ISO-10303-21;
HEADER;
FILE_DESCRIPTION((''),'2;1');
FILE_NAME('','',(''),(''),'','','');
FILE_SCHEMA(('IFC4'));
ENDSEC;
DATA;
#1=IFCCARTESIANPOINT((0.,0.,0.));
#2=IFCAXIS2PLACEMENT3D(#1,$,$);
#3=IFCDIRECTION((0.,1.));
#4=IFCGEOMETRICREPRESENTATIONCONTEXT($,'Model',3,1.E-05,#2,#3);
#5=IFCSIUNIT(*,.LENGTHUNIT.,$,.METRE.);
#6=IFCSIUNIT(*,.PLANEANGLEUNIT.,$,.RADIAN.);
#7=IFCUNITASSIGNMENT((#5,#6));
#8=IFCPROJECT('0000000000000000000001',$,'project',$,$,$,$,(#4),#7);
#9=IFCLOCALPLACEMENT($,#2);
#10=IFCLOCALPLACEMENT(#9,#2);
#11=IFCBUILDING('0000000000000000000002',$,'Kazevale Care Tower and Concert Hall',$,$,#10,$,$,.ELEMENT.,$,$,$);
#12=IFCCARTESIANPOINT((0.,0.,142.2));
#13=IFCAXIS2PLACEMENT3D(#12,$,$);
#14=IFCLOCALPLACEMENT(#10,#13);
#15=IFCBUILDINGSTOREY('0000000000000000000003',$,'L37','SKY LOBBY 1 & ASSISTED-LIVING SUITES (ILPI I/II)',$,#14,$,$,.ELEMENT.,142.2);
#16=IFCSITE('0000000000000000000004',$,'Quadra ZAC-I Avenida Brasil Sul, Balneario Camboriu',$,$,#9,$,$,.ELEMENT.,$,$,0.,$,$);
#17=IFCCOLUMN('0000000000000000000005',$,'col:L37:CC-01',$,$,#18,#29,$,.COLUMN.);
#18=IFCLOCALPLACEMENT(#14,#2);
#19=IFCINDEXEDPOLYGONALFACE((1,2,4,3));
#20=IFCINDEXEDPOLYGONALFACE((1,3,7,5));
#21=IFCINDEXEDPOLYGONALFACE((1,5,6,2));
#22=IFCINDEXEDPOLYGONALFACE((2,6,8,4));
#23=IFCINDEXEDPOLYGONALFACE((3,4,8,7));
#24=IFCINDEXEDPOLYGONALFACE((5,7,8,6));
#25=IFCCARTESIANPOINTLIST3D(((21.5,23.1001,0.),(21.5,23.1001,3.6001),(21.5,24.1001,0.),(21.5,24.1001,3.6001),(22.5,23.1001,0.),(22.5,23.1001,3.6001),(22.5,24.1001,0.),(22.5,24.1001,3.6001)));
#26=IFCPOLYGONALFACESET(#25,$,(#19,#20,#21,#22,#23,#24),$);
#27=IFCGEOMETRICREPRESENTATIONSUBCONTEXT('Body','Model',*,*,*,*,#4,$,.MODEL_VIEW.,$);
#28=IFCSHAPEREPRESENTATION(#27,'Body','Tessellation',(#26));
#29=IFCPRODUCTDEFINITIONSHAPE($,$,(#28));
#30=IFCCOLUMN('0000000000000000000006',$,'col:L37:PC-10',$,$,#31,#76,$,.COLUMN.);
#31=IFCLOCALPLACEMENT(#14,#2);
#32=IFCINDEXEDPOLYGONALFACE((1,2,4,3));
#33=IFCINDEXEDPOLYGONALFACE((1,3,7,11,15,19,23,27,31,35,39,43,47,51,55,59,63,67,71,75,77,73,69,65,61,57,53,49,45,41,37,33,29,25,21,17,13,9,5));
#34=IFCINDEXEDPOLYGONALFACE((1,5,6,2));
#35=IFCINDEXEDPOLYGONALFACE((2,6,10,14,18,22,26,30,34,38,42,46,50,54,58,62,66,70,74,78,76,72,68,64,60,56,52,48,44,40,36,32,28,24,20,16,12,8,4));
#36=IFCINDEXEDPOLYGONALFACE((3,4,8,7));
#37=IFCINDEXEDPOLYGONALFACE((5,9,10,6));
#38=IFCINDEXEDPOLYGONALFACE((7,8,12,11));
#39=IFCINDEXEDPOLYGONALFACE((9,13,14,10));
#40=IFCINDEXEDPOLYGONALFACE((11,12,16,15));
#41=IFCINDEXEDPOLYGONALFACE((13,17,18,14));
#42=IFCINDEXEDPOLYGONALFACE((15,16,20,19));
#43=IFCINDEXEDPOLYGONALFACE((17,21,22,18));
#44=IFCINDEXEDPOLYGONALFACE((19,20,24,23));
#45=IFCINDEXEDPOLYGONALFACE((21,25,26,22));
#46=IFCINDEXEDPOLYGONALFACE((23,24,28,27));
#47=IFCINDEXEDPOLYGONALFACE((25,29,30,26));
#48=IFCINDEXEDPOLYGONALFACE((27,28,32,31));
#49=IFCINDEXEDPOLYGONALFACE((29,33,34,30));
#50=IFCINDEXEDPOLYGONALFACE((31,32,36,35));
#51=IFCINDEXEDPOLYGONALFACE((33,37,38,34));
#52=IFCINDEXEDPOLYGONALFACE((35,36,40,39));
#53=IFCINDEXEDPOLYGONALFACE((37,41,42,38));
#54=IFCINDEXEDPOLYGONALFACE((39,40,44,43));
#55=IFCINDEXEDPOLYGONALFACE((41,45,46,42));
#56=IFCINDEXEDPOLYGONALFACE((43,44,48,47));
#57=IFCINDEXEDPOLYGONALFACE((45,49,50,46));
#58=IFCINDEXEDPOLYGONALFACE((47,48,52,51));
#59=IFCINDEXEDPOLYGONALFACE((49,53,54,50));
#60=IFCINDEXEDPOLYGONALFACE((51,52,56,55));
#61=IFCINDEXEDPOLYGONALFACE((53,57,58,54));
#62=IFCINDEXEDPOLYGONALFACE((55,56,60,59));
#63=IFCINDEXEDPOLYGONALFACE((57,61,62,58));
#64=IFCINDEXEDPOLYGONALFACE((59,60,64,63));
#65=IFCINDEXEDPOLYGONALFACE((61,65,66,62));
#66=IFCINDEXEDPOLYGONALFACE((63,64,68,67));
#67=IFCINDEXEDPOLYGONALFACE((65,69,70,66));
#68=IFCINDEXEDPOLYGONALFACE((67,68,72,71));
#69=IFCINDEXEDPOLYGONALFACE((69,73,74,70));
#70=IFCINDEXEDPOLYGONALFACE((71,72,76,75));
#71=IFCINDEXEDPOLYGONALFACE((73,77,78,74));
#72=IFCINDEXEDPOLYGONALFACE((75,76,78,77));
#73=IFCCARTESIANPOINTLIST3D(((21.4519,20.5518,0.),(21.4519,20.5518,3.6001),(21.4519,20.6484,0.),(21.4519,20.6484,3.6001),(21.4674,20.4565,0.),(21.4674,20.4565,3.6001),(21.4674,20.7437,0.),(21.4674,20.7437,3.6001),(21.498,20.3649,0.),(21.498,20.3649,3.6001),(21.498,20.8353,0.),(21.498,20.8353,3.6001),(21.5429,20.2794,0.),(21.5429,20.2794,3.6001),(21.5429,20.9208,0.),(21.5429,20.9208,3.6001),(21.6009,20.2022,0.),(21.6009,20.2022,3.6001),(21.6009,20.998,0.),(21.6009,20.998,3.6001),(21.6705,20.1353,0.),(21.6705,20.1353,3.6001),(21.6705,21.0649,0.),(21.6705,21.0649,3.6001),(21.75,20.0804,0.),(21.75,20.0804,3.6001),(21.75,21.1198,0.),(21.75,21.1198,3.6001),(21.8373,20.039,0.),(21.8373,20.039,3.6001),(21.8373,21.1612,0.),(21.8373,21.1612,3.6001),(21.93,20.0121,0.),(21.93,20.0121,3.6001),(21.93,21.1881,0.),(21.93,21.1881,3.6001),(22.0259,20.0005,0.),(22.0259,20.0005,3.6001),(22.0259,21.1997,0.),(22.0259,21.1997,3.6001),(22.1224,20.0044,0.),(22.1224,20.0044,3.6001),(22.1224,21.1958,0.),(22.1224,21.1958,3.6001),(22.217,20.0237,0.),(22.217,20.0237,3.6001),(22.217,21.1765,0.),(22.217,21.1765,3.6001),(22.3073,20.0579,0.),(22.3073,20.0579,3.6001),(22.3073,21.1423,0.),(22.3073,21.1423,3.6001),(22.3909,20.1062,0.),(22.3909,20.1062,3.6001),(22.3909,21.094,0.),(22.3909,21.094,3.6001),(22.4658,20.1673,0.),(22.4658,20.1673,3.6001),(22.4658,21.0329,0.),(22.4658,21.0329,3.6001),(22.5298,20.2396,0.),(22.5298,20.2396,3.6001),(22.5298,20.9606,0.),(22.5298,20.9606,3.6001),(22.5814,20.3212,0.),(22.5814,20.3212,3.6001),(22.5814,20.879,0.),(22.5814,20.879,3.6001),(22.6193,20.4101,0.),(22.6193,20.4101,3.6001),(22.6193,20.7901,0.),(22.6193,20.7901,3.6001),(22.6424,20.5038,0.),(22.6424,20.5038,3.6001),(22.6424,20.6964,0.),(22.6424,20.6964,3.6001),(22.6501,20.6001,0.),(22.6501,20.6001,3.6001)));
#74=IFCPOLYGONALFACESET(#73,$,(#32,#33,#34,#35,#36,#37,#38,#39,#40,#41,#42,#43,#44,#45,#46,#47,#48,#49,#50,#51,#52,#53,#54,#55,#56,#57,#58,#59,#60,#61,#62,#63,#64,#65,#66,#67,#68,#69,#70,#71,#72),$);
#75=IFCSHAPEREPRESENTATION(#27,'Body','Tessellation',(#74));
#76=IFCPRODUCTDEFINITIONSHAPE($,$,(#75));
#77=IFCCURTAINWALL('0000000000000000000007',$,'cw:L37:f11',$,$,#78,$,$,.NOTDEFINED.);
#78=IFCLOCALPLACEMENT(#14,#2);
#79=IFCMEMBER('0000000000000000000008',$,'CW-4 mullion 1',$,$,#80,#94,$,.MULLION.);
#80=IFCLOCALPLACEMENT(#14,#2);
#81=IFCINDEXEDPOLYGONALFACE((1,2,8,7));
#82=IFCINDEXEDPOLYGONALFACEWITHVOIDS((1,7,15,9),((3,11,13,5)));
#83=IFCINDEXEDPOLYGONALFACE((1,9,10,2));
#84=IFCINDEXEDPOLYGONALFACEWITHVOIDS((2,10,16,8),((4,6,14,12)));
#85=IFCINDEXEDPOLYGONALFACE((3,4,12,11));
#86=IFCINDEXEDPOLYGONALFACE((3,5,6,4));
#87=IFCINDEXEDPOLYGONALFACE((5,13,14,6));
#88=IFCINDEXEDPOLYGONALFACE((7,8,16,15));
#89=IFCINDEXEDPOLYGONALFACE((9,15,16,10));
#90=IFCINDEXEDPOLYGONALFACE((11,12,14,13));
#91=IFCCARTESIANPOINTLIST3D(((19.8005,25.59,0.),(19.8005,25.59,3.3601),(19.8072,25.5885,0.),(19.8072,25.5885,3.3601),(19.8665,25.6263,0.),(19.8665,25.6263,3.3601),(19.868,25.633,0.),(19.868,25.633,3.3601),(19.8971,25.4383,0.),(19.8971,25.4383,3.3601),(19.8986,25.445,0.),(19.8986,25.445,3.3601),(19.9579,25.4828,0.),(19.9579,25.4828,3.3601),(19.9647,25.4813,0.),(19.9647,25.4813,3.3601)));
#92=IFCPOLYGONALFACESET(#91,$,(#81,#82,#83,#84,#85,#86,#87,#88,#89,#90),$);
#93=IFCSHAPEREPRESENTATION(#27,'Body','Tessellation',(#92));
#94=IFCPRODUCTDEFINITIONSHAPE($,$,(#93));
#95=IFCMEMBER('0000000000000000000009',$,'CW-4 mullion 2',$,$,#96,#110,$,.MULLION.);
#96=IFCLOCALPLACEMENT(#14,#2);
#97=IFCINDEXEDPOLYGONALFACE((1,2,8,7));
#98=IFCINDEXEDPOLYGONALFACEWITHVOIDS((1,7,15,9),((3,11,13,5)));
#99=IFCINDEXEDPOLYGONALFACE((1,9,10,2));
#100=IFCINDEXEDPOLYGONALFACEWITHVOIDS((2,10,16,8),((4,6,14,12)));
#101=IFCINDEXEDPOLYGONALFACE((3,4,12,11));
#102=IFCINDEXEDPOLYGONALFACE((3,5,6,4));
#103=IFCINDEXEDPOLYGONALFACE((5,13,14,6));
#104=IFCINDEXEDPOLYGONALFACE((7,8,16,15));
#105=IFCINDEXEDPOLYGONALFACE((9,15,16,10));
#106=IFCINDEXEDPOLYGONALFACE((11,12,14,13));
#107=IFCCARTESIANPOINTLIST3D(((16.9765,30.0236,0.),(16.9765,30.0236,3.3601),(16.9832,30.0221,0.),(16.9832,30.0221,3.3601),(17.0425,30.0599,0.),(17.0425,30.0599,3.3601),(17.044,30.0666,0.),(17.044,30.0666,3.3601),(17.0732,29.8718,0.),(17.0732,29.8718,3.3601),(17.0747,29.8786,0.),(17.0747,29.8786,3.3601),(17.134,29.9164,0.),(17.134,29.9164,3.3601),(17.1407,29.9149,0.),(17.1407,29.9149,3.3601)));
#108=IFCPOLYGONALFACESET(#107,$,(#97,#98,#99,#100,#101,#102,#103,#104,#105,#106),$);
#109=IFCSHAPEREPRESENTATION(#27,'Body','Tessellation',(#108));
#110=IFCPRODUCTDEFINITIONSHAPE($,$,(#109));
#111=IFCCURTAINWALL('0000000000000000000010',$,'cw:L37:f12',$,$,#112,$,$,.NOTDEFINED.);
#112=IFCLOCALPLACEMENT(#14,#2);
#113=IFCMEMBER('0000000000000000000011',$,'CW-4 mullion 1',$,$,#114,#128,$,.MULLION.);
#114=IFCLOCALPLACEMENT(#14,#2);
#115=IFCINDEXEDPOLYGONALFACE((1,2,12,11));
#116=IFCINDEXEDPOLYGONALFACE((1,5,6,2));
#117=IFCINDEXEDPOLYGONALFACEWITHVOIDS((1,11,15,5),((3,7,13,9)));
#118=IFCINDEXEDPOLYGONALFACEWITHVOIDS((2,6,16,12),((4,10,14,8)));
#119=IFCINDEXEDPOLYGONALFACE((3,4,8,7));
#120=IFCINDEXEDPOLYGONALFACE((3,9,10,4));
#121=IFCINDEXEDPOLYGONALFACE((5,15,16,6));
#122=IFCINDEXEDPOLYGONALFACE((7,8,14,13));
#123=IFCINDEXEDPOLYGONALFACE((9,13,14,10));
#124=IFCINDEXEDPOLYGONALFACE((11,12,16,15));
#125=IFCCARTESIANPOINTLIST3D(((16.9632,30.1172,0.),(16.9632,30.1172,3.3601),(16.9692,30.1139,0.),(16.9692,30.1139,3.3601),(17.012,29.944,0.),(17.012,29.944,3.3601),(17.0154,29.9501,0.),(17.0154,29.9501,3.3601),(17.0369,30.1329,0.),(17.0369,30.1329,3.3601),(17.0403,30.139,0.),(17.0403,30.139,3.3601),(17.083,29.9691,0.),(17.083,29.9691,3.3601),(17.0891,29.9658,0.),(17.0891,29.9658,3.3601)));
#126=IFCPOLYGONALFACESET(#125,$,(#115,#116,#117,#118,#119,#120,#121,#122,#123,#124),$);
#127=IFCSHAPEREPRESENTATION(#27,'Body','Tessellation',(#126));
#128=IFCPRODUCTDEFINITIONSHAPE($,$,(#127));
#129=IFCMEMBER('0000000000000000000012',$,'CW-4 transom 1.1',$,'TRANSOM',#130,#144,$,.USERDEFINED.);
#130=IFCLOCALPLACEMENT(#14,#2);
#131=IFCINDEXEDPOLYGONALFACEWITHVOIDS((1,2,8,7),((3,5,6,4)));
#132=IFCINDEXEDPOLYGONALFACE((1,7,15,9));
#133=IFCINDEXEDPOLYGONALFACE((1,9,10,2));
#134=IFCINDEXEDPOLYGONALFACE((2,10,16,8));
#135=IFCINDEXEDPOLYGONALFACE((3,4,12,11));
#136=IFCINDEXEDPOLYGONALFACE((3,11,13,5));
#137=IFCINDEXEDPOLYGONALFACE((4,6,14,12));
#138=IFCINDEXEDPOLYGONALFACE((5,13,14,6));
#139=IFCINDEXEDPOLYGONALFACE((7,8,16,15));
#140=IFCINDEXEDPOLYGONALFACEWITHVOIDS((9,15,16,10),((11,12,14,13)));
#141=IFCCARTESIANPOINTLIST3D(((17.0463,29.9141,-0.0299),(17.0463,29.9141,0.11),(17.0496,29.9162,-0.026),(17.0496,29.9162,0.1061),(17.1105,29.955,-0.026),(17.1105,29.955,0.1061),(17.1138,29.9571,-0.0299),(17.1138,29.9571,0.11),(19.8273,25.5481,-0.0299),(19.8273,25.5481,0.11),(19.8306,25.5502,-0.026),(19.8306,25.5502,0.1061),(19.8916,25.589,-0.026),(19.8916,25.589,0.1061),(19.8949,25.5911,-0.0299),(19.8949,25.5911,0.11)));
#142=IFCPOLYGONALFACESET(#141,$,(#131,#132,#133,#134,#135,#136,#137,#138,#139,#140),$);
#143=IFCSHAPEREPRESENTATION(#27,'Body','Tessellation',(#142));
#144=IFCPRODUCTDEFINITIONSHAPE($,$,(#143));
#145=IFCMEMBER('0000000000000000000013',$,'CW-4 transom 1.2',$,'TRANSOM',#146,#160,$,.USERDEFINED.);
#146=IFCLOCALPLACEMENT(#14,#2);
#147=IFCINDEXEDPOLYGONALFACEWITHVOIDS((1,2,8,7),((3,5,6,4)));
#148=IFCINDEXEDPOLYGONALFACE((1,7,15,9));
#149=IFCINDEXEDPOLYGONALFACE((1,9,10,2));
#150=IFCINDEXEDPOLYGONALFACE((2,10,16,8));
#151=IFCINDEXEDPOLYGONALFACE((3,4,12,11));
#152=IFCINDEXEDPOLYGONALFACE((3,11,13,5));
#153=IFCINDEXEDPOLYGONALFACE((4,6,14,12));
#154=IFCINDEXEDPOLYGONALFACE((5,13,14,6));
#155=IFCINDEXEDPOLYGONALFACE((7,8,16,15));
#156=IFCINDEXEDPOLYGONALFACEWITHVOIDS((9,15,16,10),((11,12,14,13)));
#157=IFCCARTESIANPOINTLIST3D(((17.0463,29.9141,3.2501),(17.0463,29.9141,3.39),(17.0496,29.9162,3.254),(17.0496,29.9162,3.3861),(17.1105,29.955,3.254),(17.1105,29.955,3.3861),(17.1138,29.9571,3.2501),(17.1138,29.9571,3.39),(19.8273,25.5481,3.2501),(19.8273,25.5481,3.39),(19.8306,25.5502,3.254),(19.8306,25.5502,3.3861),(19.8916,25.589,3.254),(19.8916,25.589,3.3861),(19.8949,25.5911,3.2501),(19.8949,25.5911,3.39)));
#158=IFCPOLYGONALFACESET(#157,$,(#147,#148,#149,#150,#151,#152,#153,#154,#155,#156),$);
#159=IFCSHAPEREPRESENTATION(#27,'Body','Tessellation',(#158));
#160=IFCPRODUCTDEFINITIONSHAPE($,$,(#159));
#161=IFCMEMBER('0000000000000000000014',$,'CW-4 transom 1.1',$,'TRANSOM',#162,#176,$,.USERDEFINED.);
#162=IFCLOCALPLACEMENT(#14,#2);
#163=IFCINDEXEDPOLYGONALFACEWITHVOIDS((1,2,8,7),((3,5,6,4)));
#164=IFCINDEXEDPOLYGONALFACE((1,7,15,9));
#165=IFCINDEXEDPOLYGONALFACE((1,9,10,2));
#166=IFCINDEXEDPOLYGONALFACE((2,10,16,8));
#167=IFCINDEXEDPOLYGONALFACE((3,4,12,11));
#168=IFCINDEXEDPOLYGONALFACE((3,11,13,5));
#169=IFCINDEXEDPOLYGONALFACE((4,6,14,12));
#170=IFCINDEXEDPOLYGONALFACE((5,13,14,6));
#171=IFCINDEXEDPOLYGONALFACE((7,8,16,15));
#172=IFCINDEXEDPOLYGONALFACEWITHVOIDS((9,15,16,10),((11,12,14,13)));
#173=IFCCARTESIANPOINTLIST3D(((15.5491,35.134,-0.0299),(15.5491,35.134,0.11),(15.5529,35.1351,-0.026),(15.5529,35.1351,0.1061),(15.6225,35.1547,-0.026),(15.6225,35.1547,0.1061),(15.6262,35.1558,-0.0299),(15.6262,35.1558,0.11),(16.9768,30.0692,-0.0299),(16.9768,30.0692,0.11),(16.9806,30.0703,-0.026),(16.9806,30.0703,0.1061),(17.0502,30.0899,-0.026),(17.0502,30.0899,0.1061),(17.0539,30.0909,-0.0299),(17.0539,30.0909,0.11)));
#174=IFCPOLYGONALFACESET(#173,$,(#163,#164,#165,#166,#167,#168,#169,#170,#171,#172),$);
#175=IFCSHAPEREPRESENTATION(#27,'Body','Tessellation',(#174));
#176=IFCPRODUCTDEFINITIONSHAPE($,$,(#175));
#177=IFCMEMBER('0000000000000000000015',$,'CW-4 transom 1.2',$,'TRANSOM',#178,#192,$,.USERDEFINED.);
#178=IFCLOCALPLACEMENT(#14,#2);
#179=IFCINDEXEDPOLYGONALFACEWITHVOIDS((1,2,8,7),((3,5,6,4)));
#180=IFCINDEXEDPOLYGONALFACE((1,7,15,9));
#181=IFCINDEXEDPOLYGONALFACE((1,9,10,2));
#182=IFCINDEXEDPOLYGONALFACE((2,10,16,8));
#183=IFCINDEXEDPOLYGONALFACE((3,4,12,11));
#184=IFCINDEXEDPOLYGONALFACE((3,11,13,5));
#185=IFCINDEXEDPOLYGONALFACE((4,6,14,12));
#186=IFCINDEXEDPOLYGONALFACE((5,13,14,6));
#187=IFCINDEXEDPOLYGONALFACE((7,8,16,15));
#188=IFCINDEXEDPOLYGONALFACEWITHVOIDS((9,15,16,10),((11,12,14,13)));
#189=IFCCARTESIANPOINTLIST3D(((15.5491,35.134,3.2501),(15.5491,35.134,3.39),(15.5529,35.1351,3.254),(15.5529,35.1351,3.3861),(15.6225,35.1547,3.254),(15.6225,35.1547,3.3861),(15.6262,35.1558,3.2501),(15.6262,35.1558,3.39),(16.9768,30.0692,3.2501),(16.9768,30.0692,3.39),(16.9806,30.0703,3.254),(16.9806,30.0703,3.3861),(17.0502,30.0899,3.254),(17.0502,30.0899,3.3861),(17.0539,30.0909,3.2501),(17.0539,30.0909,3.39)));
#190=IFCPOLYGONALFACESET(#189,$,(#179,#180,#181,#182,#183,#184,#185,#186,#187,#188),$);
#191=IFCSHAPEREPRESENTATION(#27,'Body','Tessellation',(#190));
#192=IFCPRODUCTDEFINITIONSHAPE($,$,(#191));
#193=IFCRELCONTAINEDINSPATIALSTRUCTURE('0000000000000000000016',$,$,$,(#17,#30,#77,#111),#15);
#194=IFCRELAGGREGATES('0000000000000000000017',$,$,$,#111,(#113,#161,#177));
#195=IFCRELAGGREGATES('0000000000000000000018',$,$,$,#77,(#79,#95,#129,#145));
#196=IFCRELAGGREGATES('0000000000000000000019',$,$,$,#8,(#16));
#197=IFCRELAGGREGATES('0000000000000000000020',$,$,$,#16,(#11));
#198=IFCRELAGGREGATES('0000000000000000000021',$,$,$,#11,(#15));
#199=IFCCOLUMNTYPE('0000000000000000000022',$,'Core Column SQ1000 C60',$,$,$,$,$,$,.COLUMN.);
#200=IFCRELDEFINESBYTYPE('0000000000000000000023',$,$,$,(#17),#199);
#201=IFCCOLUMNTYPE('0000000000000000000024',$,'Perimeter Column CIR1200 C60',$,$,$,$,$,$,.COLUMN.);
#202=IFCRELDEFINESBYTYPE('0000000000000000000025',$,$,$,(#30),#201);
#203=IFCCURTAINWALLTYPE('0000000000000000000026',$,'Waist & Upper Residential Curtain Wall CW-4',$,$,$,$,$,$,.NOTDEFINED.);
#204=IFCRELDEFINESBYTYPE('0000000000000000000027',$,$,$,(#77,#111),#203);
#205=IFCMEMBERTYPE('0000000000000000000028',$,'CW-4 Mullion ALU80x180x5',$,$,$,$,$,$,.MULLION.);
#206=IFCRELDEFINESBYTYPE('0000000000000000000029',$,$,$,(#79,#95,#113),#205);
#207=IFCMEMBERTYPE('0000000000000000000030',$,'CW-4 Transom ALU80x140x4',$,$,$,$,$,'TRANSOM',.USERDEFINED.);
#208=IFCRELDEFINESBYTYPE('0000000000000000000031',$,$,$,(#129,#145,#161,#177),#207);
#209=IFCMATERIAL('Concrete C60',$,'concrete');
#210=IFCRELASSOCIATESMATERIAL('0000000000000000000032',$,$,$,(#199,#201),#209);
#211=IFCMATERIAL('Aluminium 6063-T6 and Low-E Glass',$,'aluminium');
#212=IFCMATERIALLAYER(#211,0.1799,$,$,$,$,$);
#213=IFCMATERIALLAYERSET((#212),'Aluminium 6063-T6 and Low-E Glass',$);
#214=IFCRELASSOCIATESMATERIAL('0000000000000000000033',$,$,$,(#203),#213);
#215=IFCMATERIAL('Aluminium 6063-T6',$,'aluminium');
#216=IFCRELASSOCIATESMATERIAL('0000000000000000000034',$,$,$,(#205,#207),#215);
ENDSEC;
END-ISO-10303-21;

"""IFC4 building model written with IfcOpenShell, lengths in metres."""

from ifc_helpers import new_model, si_unit, direction, frame, origin, origin_2d, place, context, subcontext, project, spatial, rectangle, hollow_rectangle, circle, extrude, material, layer, layer_set, material_profile, profile_set, type_object, element, aggregate, save


model = new_model("IFC4")

# Units and contexts
model_context = context("Model", 3, precision=1e-05, world=origin(), true_north=direction((0.0, 1.0)))
body_context = subcontext(model_context, "Body", "Model", "MODEL_VIEW")
ifc_project = project(units=[si_unit("LENGTHUNIT", "METRE"), si_unit("PLANEANGLEUNIT", "RADIAN")], contexts=[model_context])

# Site, building, storey
site_placement = place(None, origin())
site = spatial("IfcSite", under=ifc_project, at=site_placement, Name="Quadra ZAC-I Avenida Brasil Sul, Balneario Camboriu", CompositionType="ELEMENT", RefElevation=0.0)
building_placement = place(site_placement, origin())
building = spatial("IfcBuilding", under=site, at=building_placement, Name="Kazevale Care Tower and Concert Hall", CompositionType="ELEMENT")
storey_placement = place(building_placement, frame((0.0, 0.0, 142.2)))
storey = spatial("IfcBuildingStorey", under=building, at=storey_placement, Name="L37", Description="SKY LOBBY 1 & ASSISTED-LIVING SUITES (ILPI I/II)", CompositionType="ELEMENT", Elevation=142.2)

# Columns
ifc_material_1 = material(Name="Concrete C60", Category="concrete")
ifc_material_profile_1 = material_profile(ifc_material_1, rectangle(XDim=1.0, YDim=1.0, at=origin_2d()), Name="RC-SQ1000")
ifc_profile_set_1 = profile_set([ifc_material_profile_1], Name="Concrete C60")
column_type_1 = type_object("IfcColumnType", Name="Core Column SQ1000 C60", PredefinedType="COLUMN", material=ifc_profile_set_1)
column_1_placement = place(storey_placement, frame((22.0, 23.6001, 0.0), z_axis=(0.0, 0.0, 1.0), x_axis=(1.0, 0.0, 0.0)))
element("IfcColumn", 1, at=column_1_placement, inside=storey, type_object=column_type_1, Name="col:L37:CC-01", PredefinedType="COLUMN", context=body_context, shape_type="SweptSolid", body=[
    extrude(rectangle(XDim=1.0, YDim=1.0, at=origin_2d()), origin(), (0.0, 0.0, 1.0), 3.6001),
])
ifc_material_profile_2 = material_profile(ifc_material_1, circle(Radius=0.6001, at=origin_2d()), Name="RC-CIR1200")
ifc_profile_set_2 = profile_set([ifc_material_profile_2], Name="Concrete C60")
column_type_2 = type_object("IfcColumnType", Name="Perimeter Column CIR1200 C60", PredefinedType="COLUMN", material=ifc_profile_set_2)
column_2_placement = place(storey_placement, frame((22.05, 20.6001, 0.0), z_axis=(0.0, 0.0, 1.0), x_axis=(1.0, 0.0, 0.0)))
element("IfcColumn", 2, at=column_2_placement, inside=storey, type_object=column_type_2, Name="col:L37:PC-10", PredefinedType="COLUMN", context=body_context, shape_type="SweptSolid", body=[
    extrude(circle(Radius=0.6001, at=origin_2d()), origin(), (0.0, 0.0, 1.0), 3.6001),
])

# Curtain wall, members
ifc_material_2 = material(Name="Aluminium 6063-T6 and Low-E Glass", Category="aluminium")
ifc_layer_1 = layer(ifc_material_2, 0.1799)
ifc_layer_set_1 = layer_set([ifc_layer_1], Name="Aluminium 6063-T6 and Low-E Glass")
curtain_wall_type_1 = type_object("IfcCurtainWallType", Name="Waist & Upper Residential Curtain Wall CW-4", PredefinedType="NOTDEFINED", material=ifc_layer_set_1)
curtain_wall_1_placement = place(storey_placement, origin())
curtain_wall_1 = element("IfcCurtainWall", 3, at=curtain_wall_1_placement, inside=storey, type_object=curtain_wall_type_1, Name="cw:L37:f11", PredefinedType="NOTDEFINED")
ifc_material_3 = material(Name="Aluminium 6063-T6", Category="aluminium")
ifc_material_profile_3 = material_profile(ifc_material_3, hollow_rectangle(XDim=0.0801, YDim=0.1799, WallThickness=0.0049, at=origin_2d()), Name="ALU80x180x5")
ifc_profile_set_3 = profile_set([ifc_material_profile_3], Name="Aluminium 6063-T6")
member_type_1 = type_object("IfcMemberType", Name="CW-4 Mullion ALU80x180x5", PredefinedType="MULLION", material=ifc_profile_set_3)
member_1_placement = place(storey_placement, frame((19.8826, 25.5356, 0.0), z_axis=(0.0, 0.0, 1.0), x_axis=(-0.84343, -0.537239, 0.0)))
member_1 = element("IfcMember", 4, at=member_1_placement, type_object=member_type_1, Name="CW-4 mullion 1", PredefinedType="MULLION", context=body_context, shape_type="SweptSolid", body=[
    extrude(hollow_rectangle(XDim=0.0801, YDim=0.1799, WallThickness=0.0049, at=origin_2d()), origin(), (0.0, 0.0, 1.0), 3.3601),
])
member_2_placement = place(storey_placement, frame((17.0586, 29.9692, 0.0), z_axis=(0.0, 0.0, 1.0), x_axis=(-0.84343, -0.537239, 0.0)))
member_2 = element("IfcMember", 5, at=member_2_placement, type_object=member_type_1, Name="CW-4 mullion 2", PredefinedType="MULLION", context=body_context, shape_type="SweptSolid", body=[
    extrude(hollow_rectangle(XDim=0.0801, YDim=0.1799, WallThickness=0.0049, at=origin_2d()), origin(), (0.0, 0.0, 1.0), 3.3601),
])

# Curtain wall, member
curtain_wall_2_placement = place(storey_placement, origin())
curtain_wall_2 = element("IfcCurtainWall", 6, at=curtain_wall_2_placement, inside=storey, type_object=curtain_wall_type_1, Name="cw:L37:f12", PredefinedType="NOTDEFINED")
member_3_placement = place(storey_placement, frame((17.0261, 30.0415, 0.0), z_axis=(0.0, 0.0, 1.0), x_axis=(-0.962499, -0.271285, 0.0)))
member_3 = element("IfcMember", 7, at=member_3_placement, type_object=member_type_1, Name="CW-4 mullion 1", PredefinedType="MULLION", context=body_context, shape_type="SweptSolid", body=[
    extrude(hollow_rectangle(XDim=0.0801, YDim=0.1799, WallThickness=0.0049, at=origin_2d()), origin(), (0.0, 0.0, 1.0), 3.3601),
])

# Members
ifc_material_profile_4 = material_profile(ifc_material_3, hollow_rectangle(XDim=0.0801, YDim=0.1399, WallThickness=0.0039, at=origin_2d()), Name="ALU80x140x4")
ifc_profile_set_4 = profile_set([ifc_material_profile_4], Name="Aluminium 6063-T6")
member_type_2 = type_object("IfcMemberType", Name="CW-4 Transom ALU80x140x4", ElementType="TRANSOM", PredefinedType="USERDEFINED", material=ifc_profile_set_4)
member_4_placement = place(storey_placement, frame((19.8611, 25.5696, 0.04), z_axis=(-0.537242, 0.843428, 0.0), x_axis=(-0.843428, -0.537242, 0.0)))
member_4 = element("IfcMember", 8, at=member_4_placement, type_object=member_type_2, Name="CW-4 transom 1.1", ObjectType="TRANSOM", PredefinedType="USERDEFINED", context=body_context, shape_type="SweptSolid", body=[
    extrude(hollow_rectangle(XDim=0.0801, YDim=0.1399, WallThickness=0.0039, at=origin_2d()), origin(), (0.0, 0.0, 1.0), 5.1765),
])
member_5_placement = place(storey_placement, frame((19.8611, 25.5696, 3.3201), z_axis=(-0.537242, 0.843428, 0.0), x_axis=(-0.843428, -0.537242, 0.0)))
member_5 = element("IfcMember", 9, at=member_5_placement, type_object=member_type_2, Name="CW-4 transom 1.2", ObjectType="TRANSOM", PredefinedType="USERDEFINED", context=body_context, shape_type="SweptSolid", body=[
    extrude(hollow_rectangle(XDim=0.0801, YDim=0.1399, WallThickness=0.0039, at=origin_2d()), origin(), (0.0, 0.0, 1.0), 5.1765),
])
member_6_placement = place(storey_placement, frame((17.0154, 30.0801, 0.04), z_axis=(-0.271313, 0.962491, 0.0), x_axis=(-0.962491, -0.271313, 0.0)))
member_6 = element("IfcMember", 10, at=member_6_placement, type_object=member_type_2, Name="CW-4 transom 1.1", ObjectType="TRANSOM", PredefinedType="USERDEFINED", context=body_context, shape_type="SweptSolid", body=[
    extrude(hollow_rectangle(XDim=0.0801, YDim=0.1399, WallThickness=0.0039, at=origin_2d()), origin(), (0.0, 0.0, 1.0), 5.2622),
])
member_7_placement = place(storey_placement, frame((17.0154, 30.0801, 3.3201), z_axis=(-0.271313, 0.962491, 0.0), x_axis=(-0.962491, -0.271313, 0.0)))
member_7 = element("IfcMember", 11, at=member_7_placement, type_object=member_type_2, Name="CW-4 transom 1.2", ObjectType="TRANSOM", PredefinedType="USERDEFINED", context=body_context, shape_type="SweptSolid", body=[
    extrude(hollow_rectangle(XDim=0.0801, YDim=0.1399, WallThickness=0.0039, at=origin_2d()), origin(), (0.0, 0.0, 1.0), 5.2622),
])
aggregate(curtain_wall_2, [member_3, member_6, member_7])

aggregate(curtain_wall_1, [member_1, member_2, member_4, member_5])

save(model, "model.ifc")
